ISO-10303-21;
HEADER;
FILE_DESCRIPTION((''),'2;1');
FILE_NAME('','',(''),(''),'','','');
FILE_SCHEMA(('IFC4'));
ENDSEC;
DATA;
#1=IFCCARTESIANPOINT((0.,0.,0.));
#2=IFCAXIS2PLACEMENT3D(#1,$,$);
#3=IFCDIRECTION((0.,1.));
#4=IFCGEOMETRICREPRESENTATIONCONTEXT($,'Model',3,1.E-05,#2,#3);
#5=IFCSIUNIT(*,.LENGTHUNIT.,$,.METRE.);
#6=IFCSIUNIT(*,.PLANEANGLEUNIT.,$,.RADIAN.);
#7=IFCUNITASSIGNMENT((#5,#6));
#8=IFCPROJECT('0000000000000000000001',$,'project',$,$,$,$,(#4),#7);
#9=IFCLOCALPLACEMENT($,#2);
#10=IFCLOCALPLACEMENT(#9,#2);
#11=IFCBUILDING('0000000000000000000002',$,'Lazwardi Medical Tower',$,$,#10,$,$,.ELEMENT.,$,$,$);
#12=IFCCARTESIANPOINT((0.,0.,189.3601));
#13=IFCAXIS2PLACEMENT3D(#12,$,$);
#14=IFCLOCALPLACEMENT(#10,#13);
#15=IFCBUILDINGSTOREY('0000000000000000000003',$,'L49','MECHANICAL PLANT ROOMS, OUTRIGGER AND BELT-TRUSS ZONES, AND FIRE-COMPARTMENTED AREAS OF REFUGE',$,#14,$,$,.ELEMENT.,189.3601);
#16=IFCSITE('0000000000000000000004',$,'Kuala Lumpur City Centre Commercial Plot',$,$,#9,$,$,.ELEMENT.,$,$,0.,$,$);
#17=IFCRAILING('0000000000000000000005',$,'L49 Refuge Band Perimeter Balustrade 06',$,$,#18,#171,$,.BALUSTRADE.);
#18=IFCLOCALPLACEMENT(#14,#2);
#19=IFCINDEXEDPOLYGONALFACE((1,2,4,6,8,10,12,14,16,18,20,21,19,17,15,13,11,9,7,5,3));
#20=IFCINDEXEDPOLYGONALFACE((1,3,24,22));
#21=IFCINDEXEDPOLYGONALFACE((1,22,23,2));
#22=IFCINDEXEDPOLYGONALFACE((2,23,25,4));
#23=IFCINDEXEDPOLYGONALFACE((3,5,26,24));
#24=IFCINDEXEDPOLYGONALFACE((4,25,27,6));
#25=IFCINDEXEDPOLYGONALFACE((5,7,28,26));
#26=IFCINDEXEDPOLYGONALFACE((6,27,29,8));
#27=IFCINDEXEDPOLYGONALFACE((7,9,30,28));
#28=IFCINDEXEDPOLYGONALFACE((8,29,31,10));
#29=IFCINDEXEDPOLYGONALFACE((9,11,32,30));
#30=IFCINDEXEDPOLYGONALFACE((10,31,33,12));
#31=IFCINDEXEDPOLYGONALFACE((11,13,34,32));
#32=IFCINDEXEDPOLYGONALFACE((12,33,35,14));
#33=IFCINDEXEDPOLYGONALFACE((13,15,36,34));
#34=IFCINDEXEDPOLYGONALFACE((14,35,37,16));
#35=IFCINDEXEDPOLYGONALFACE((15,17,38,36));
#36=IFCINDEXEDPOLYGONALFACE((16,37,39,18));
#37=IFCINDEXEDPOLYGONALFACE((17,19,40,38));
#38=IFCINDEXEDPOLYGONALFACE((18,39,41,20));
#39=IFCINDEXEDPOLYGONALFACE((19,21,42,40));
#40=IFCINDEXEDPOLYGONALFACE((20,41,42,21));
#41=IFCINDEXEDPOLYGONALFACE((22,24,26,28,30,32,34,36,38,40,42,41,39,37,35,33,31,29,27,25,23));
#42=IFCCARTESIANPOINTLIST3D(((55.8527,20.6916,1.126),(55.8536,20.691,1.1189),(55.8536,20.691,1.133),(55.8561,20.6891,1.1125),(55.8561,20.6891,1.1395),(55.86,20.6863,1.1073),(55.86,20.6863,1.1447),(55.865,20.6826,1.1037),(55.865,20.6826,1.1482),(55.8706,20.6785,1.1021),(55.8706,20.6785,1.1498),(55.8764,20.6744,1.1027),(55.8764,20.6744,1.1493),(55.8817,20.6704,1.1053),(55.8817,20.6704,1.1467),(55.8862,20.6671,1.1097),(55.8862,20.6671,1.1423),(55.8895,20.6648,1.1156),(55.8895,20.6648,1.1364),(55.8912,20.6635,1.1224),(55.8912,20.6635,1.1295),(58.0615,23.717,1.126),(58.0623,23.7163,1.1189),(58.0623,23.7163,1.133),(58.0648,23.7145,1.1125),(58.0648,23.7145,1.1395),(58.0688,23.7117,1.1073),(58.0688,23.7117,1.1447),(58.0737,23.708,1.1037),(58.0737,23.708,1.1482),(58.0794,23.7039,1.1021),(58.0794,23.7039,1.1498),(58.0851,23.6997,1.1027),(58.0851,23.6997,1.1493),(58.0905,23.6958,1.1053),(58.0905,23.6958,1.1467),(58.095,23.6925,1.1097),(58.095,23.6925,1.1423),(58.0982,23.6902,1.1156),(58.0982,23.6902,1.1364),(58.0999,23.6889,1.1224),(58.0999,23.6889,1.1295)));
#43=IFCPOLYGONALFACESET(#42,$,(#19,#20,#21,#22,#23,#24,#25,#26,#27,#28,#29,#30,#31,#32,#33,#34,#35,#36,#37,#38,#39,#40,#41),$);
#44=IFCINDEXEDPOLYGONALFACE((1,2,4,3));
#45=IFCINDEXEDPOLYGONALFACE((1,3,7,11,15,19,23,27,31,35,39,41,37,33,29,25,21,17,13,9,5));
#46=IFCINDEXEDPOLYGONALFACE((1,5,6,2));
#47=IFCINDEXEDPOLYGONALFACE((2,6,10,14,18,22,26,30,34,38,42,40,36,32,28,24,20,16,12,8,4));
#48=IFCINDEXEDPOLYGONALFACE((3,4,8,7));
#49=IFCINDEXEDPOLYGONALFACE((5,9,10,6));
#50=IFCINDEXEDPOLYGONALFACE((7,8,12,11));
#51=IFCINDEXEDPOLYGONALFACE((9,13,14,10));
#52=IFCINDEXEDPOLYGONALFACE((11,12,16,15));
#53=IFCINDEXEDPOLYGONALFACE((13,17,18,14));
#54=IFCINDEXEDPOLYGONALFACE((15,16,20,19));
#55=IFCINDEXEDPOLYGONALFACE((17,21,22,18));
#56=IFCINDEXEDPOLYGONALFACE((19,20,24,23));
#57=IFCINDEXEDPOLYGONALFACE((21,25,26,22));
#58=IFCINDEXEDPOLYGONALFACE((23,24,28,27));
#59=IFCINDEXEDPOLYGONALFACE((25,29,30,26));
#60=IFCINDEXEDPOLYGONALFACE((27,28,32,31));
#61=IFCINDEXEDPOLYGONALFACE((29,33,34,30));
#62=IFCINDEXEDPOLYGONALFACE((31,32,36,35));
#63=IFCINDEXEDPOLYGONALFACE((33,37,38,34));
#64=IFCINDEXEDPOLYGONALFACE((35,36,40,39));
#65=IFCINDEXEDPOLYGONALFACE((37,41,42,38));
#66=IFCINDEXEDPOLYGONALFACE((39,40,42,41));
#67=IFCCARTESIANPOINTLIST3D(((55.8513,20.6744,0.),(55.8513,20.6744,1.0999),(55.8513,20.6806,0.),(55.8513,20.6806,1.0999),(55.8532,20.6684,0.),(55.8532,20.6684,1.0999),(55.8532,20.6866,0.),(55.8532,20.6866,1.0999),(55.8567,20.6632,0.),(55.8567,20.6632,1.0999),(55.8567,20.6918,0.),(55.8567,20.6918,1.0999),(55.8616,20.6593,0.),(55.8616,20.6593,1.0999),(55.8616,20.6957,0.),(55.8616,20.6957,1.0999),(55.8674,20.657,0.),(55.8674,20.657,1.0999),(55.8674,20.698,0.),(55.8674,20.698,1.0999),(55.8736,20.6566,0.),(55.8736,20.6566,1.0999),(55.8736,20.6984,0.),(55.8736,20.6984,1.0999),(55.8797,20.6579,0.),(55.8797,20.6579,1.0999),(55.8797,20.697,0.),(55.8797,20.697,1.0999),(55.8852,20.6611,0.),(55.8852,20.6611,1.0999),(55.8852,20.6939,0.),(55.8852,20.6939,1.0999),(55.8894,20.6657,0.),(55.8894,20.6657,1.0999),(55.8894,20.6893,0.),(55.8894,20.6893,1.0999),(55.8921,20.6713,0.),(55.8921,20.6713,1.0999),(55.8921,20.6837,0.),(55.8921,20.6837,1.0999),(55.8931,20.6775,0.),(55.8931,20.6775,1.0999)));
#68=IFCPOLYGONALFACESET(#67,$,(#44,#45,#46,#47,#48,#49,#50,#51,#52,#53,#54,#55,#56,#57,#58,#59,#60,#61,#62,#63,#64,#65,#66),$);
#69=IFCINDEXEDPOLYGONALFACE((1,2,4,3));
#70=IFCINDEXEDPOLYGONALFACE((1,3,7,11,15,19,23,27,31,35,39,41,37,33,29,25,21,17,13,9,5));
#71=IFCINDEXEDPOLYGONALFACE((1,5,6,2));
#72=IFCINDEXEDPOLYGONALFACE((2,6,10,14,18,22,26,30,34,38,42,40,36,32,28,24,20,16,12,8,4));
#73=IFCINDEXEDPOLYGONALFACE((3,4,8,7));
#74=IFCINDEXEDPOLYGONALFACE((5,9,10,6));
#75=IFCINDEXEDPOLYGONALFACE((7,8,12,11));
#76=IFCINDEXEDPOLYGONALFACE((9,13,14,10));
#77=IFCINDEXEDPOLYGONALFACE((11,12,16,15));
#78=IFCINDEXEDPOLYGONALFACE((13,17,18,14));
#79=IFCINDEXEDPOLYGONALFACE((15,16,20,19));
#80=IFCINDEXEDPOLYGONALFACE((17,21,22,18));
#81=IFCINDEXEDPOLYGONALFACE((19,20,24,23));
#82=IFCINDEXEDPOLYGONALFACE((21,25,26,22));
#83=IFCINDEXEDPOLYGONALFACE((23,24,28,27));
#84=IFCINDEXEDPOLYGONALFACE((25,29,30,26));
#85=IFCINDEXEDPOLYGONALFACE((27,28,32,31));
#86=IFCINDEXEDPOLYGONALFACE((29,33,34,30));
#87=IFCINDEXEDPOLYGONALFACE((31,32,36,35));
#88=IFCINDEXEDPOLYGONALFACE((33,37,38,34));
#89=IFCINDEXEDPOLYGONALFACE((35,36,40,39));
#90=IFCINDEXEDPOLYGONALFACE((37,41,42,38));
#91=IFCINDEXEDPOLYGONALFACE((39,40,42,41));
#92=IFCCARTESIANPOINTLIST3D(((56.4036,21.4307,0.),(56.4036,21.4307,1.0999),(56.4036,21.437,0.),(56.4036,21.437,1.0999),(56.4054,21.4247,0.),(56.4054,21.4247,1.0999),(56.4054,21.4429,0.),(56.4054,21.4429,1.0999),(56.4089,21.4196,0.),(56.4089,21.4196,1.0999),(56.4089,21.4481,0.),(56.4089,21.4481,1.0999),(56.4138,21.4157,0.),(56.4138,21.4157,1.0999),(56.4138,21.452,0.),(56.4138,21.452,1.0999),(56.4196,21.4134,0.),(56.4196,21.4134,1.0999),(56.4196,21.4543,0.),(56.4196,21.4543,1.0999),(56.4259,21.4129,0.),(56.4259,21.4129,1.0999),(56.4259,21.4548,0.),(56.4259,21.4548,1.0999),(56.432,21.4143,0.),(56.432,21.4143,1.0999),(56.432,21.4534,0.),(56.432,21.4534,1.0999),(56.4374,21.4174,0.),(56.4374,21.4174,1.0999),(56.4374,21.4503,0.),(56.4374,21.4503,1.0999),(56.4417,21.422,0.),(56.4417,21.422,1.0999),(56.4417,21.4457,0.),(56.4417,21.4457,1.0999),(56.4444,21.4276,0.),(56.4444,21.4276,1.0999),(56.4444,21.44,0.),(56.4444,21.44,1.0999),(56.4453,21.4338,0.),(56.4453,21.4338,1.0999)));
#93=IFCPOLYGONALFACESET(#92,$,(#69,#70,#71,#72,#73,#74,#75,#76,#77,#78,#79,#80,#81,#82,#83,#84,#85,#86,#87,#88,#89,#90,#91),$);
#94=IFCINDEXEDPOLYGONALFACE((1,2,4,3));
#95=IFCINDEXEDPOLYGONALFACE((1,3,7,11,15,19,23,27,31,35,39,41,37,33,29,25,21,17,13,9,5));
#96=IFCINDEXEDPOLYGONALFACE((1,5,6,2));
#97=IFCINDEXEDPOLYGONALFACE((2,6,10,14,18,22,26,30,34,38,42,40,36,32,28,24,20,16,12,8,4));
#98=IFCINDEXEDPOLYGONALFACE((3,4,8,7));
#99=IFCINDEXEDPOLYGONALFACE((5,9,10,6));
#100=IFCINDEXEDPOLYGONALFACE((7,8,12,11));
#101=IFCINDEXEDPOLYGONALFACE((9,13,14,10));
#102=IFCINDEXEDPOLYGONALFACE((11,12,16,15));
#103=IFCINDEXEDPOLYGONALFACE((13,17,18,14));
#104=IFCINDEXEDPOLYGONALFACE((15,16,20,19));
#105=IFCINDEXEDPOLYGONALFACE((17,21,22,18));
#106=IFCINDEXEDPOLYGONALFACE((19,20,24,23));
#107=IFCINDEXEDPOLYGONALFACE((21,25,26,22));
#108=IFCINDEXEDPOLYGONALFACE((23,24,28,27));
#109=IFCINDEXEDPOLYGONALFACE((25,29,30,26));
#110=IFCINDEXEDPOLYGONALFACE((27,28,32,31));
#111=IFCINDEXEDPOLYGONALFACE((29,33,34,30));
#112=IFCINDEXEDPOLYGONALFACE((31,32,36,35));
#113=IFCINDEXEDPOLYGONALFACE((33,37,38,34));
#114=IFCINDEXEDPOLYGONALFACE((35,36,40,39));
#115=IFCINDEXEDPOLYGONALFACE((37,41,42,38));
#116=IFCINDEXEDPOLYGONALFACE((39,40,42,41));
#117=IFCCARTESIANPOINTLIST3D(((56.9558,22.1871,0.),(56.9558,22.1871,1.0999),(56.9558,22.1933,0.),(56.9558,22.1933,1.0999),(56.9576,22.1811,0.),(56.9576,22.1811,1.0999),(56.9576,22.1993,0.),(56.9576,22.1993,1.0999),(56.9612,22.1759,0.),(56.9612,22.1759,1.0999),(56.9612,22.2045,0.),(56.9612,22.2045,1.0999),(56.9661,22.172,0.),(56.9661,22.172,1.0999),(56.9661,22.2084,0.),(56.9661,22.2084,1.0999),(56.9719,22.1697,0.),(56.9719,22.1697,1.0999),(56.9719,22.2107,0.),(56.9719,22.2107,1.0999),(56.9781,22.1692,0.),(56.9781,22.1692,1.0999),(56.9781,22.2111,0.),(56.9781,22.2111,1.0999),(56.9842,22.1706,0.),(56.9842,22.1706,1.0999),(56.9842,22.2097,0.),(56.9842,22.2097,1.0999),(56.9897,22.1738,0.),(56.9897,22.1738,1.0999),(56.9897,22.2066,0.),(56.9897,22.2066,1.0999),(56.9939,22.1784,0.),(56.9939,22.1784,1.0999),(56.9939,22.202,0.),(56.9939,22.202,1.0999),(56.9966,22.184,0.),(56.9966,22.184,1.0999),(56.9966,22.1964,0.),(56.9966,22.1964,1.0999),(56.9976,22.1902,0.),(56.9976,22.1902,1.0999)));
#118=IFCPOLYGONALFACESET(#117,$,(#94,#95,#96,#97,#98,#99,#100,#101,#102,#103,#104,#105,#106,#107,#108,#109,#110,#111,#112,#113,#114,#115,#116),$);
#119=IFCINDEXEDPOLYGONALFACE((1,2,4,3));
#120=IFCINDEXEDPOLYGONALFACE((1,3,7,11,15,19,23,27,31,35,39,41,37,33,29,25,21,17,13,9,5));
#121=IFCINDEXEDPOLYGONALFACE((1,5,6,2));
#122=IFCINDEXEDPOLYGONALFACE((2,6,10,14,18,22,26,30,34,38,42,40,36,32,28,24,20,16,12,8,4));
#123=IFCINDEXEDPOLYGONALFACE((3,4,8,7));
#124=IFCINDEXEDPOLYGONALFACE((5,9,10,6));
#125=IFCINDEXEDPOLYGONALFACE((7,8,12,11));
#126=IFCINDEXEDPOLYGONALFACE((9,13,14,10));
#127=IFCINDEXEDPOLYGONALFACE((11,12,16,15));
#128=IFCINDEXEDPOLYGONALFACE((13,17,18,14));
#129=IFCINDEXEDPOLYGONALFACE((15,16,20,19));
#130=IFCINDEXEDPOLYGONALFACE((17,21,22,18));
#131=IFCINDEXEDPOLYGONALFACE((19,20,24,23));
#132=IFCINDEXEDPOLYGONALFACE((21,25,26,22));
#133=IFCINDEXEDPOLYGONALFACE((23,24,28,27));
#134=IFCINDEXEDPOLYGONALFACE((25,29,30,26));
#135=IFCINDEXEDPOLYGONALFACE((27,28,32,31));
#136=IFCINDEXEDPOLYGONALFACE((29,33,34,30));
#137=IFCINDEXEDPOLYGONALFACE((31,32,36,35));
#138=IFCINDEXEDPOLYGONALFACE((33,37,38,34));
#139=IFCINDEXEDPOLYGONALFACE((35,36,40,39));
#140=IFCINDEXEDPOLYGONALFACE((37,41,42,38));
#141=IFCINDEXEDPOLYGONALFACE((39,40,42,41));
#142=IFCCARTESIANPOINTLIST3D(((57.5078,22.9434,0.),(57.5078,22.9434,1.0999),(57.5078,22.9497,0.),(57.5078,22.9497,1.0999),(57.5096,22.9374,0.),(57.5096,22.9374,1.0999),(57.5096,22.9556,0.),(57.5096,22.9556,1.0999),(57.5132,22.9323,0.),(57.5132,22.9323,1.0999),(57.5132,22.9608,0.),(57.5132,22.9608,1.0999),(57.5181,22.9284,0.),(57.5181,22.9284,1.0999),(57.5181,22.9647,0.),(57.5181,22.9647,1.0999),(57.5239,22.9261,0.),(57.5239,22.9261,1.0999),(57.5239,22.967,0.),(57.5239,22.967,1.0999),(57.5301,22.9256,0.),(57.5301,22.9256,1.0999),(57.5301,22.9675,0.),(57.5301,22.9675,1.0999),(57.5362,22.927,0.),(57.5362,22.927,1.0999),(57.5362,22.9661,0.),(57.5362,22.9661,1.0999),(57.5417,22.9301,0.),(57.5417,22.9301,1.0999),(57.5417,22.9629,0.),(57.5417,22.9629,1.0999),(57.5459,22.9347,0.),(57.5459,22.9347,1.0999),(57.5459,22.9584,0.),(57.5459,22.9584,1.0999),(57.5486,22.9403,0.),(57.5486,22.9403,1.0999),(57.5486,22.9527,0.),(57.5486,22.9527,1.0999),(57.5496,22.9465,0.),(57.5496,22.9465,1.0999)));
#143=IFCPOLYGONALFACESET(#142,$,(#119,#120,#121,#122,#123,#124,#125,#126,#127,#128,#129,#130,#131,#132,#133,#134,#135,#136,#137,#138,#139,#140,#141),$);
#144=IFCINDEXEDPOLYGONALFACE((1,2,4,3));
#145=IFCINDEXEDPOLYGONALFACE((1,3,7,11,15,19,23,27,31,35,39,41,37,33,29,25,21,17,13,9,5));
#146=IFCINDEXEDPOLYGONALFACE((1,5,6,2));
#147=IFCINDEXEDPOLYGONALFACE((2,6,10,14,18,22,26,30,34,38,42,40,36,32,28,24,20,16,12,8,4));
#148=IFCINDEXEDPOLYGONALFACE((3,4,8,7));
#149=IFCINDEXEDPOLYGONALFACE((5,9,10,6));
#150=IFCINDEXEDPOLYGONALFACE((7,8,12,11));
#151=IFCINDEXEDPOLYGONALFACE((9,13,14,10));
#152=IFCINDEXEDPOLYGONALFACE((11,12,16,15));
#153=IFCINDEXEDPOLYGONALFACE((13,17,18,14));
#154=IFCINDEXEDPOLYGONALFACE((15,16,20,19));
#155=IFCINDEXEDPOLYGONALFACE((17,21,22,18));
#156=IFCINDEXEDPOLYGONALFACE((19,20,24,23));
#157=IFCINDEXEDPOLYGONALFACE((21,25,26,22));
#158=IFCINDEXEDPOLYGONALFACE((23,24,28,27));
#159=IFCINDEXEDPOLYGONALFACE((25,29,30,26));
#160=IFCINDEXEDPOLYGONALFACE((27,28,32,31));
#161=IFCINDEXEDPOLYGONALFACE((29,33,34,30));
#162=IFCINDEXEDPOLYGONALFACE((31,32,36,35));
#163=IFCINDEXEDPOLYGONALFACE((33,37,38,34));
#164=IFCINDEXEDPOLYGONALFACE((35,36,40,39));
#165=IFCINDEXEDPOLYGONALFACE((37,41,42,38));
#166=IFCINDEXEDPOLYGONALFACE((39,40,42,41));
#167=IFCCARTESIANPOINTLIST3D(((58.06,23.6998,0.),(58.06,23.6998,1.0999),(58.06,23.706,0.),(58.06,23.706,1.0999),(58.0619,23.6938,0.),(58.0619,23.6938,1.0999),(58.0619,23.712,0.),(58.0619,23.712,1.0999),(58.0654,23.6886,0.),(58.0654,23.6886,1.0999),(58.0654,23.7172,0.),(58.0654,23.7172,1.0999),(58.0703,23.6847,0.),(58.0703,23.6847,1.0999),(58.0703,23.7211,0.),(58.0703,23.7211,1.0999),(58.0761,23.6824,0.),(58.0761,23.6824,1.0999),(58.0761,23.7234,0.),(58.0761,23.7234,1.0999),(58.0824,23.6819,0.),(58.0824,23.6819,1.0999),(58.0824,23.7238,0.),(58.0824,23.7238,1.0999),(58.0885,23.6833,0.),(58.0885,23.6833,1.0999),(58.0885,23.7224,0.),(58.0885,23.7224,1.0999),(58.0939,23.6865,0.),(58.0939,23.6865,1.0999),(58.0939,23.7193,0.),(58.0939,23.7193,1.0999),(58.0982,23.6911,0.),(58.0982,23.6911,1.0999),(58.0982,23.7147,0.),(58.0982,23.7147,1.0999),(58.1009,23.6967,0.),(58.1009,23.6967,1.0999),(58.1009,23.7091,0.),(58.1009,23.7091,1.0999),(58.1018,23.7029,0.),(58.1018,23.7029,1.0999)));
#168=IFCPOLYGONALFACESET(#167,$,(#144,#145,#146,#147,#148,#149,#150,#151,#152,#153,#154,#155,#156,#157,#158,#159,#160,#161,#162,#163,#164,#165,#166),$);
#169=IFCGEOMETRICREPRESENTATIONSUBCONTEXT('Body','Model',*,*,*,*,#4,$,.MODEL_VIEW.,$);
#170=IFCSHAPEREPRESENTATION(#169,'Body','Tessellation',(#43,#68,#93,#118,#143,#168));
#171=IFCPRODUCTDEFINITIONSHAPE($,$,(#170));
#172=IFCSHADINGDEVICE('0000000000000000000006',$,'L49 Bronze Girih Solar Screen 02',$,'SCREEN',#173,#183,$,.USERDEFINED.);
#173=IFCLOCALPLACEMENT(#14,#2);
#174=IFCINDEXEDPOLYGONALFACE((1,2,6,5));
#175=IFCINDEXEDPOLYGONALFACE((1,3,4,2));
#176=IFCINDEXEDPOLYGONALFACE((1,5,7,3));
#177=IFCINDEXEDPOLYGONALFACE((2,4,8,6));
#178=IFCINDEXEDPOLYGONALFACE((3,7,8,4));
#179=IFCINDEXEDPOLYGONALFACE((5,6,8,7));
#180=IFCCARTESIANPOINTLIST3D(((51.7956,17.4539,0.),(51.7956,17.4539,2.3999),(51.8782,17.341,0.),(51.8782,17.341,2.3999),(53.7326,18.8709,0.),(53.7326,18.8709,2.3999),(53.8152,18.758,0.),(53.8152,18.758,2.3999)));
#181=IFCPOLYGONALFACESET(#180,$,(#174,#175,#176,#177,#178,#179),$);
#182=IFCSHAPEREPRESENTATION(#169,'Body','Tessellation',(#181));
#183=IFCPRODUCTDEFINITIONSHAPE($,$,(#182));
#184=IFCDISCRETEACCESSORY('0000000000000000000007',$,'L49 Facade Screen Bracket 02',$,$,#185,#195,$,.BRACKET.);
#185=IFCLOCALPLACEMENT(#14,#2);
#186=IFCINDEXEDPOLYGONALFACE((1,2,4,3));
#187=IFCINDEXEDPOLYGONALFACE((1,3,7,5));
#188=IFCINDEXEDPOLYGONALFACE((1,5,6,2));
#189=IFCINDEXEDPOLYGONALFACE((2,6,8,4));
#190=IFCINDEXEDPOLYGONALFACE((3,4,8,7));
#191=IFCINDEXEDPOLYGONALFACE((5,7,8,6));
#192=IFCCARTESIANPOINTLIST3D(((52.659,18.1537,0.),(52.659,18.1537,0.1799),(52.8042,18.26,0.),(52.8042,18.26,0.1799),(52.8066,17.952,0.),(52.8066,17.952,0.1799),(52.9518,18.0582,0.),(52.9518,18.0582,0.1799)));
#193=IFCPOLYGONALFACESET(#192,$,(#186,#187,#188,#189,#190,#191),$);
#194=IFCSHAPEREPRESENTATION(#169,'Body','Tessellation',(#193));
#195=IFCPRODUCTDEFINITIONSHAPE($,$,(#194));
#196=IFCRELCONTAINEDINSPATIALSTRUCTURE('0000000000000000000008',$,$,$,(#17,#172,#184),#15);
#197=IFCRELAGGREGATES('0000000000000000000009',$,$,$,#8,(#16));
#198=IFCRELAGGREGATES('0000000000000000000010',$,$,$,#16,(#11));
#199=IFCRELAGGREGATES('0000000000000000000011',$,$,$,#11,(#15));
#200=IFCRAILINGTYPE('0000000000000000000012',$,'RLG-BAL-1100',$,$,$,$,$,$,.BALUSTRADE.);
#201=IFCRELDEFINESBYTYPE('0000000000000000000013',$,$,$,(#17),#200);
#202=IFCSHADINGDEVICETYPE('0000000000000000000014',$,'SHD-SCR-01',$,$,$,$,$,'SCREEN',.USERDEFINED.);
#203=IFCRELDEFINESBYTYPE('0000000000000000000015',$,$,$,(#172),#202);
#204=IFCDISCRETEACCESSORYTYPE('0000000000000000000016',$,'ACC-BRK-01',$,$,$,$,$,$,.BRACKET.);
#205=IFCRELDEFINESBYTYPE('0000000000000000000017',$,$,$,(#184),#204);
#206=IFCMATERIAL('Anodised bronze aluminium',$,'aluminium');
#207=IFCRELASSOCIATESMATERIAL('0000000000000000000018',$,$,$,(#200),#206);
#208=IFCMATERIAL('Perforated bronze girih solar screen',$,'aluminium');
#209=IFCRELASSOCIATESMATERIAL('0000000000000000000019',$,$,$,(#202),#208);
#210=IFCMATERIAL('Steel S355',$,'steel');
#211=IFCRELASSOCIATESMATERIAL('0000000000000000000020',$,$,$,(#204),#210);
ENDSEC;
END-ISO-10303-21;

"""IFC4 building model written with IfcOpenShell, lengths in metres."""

from ifc_helpers import new_model, si_unit, direction, frame, origin, origin_2d, place, context, subcontext, project, spatial, rectangle, circle, extrude, material, type_object, element, save


model = new_model("IFC4")

# Units and contexts
model_context = context("Model", 3, precision=1e-05, world=origin(), true_north=direction((0.0, 1.0)))
body_context = subcontext(model_context, "Body", "Model", "MODEL_VIEW")
ifc_project = project(units=[si_unit("LENGTHUNIT", "METRE"), si_unit("PLANEANGLEUNIT", "RADIAN")], contexts=[model_context])

# Site, building, storey
site_placement = place(None, origin())
site = spatial("IfcSite", under=ifc_project, at=site_placement, Name="Kuala Lumpur City Centre Commercial Plot", CompositionType="ELEMENT", RefElevation=0.0)
building_placement = place(site_placement, origin())
building = spatial("IfcBuilding", under=site, at=building_placement, Name="Lazwardi Medical Tower", CompositionType="ELEMENT")
storey_placement = place(building_placement, frame((0.0, 0.0, 189.3601)))
storey = spatial("IfcBuildingStorey", under=building, at=storey_placement, Name="L49", Description="MECHANICAL PLANT ROOMS, OUTRIGGER AND BELT-TRUSS ZONES, AND FIRE-COMPARTMENTED AREAS OF REFUGE", CompositionType="ELEMENT", Elevation=189.3601)

# Shared definitions
ifc_material_1 = material(Name="Steel S355", Category="steel")

# Railing
ifc_material_2 = material(Name="Anodised bronze aluminium", Category="aluminium")
railing_type = type_object("IfcRailingType", Name="RLG-BAL-1100", PredefinedType="BALUSTRADE", material=ifc_material_2)
railing_1_placement = place(storey_placement, frame((55.8721, 20.6775, 0.0)))
element("IfcRailing", 1, at=railing_1_placement, inside=storey, type_object=railing_type, Name="L49 Refuge Band Perimeter Balustrade 06", PredefinedType="BALUSTRADE", context=body_context, shape_type="SweptSolid", body=[
    extrude(circle(Radius=0.0239, at=origin_2d()), frame((0.0, 0.0, 1.126), z_axis=(0.589647, 0.807661, 0.0), x_axis=(-0.807661, 0.589647, 0.0)), (0.0, 0.0, 1.0), 3.7458),
    extrude(circle(Radius=0.021, at=origin_2d()), origin(), (0.0, 0.0, 1.0), 1.0999),
    extrude(circle(Radius=0.021, at=origin_2d()), frame((0.5522, 0.7563, 0.0)), (0.0, 0.0, 1.0), 1.0999),
    extrude(circle(Radius=0.021, at=origin_2d()), frame((1.1045, 1.5127, 0.0)), (0.0, 0.0, 1.0), 1.0999),
    extrude(circle(Radius=0.021, at=origin_2d()), frame((1.6565, 2.269, 0.0)), (0.0, 0.0, 1.0), 1.0999),
    extrude(circle(Radius=0.021, at=origin_2d()), frame((2.2087, 3.0254, 0.0)), (0.0, 0.0, 1.0), 1.0999),
])

# Shading device
ifc_material_3 = material(Name="Perforated bronze girih solar screen", Category="aluminium")
shading_device_type = type_object("IfcShadingDeviceType", Name="SHD-SCR-01", ElementType="SCREEN", PredefinedType="USERDEFINED", material=ifc_material_3)
shading_device_placement = place(storey_placement, frame((52.8054, 18.106, 0.0), z_axis=(0.0, 0.0, 1.0), x_axis=(0.8071, 0.590414, 0.0)))
element("IfcShadingDevice", 2, at=shading_device_placement, inside=storey, type_object=shading_device_type, Name="L49 Bronze Girih Solar Screen 02", ObjectType="SCREEN", PredefinedType="USERDEFINED", context=body_context, shape_type="SweptSolid", body=[
    extrude(rectangle(XDim=2.3999, YDim=0.1399, at=origin_2d()), origin(), (0.0, 0.0, 1.0), 2.3999),
])

# Discrete accessory
discrete_accessory_type = type_object("IfcDiscreteAccessoryType", Name="ACC-BRK-01", PredefinedType="BRACKET", material=ifc_material_1)
discrete_accessory_placement = place(storey_placement, frame((52.8054, 18.106, 0.0), z_axis=(0.0, 0.0, 1.0), x_axis=(0.8071, 0.590414, 0.0)))
element("IfcDiscreteAccessory", 3, at=discrete_accessory_placement, inside=storey, type_object=discrete_accessory_type, Name="L49 Facade Screen Bracket 02", PredefinedType="BRACKET", context=body_context, shape_type="SweptSolid", body=[
    extrude(rectangle(XDim=0.1799, YDim=0.25, at=origin_2d()), origin(), (0.0, 0.0, 1.0), 0.1799),
])

save(model, "model.ifc")
